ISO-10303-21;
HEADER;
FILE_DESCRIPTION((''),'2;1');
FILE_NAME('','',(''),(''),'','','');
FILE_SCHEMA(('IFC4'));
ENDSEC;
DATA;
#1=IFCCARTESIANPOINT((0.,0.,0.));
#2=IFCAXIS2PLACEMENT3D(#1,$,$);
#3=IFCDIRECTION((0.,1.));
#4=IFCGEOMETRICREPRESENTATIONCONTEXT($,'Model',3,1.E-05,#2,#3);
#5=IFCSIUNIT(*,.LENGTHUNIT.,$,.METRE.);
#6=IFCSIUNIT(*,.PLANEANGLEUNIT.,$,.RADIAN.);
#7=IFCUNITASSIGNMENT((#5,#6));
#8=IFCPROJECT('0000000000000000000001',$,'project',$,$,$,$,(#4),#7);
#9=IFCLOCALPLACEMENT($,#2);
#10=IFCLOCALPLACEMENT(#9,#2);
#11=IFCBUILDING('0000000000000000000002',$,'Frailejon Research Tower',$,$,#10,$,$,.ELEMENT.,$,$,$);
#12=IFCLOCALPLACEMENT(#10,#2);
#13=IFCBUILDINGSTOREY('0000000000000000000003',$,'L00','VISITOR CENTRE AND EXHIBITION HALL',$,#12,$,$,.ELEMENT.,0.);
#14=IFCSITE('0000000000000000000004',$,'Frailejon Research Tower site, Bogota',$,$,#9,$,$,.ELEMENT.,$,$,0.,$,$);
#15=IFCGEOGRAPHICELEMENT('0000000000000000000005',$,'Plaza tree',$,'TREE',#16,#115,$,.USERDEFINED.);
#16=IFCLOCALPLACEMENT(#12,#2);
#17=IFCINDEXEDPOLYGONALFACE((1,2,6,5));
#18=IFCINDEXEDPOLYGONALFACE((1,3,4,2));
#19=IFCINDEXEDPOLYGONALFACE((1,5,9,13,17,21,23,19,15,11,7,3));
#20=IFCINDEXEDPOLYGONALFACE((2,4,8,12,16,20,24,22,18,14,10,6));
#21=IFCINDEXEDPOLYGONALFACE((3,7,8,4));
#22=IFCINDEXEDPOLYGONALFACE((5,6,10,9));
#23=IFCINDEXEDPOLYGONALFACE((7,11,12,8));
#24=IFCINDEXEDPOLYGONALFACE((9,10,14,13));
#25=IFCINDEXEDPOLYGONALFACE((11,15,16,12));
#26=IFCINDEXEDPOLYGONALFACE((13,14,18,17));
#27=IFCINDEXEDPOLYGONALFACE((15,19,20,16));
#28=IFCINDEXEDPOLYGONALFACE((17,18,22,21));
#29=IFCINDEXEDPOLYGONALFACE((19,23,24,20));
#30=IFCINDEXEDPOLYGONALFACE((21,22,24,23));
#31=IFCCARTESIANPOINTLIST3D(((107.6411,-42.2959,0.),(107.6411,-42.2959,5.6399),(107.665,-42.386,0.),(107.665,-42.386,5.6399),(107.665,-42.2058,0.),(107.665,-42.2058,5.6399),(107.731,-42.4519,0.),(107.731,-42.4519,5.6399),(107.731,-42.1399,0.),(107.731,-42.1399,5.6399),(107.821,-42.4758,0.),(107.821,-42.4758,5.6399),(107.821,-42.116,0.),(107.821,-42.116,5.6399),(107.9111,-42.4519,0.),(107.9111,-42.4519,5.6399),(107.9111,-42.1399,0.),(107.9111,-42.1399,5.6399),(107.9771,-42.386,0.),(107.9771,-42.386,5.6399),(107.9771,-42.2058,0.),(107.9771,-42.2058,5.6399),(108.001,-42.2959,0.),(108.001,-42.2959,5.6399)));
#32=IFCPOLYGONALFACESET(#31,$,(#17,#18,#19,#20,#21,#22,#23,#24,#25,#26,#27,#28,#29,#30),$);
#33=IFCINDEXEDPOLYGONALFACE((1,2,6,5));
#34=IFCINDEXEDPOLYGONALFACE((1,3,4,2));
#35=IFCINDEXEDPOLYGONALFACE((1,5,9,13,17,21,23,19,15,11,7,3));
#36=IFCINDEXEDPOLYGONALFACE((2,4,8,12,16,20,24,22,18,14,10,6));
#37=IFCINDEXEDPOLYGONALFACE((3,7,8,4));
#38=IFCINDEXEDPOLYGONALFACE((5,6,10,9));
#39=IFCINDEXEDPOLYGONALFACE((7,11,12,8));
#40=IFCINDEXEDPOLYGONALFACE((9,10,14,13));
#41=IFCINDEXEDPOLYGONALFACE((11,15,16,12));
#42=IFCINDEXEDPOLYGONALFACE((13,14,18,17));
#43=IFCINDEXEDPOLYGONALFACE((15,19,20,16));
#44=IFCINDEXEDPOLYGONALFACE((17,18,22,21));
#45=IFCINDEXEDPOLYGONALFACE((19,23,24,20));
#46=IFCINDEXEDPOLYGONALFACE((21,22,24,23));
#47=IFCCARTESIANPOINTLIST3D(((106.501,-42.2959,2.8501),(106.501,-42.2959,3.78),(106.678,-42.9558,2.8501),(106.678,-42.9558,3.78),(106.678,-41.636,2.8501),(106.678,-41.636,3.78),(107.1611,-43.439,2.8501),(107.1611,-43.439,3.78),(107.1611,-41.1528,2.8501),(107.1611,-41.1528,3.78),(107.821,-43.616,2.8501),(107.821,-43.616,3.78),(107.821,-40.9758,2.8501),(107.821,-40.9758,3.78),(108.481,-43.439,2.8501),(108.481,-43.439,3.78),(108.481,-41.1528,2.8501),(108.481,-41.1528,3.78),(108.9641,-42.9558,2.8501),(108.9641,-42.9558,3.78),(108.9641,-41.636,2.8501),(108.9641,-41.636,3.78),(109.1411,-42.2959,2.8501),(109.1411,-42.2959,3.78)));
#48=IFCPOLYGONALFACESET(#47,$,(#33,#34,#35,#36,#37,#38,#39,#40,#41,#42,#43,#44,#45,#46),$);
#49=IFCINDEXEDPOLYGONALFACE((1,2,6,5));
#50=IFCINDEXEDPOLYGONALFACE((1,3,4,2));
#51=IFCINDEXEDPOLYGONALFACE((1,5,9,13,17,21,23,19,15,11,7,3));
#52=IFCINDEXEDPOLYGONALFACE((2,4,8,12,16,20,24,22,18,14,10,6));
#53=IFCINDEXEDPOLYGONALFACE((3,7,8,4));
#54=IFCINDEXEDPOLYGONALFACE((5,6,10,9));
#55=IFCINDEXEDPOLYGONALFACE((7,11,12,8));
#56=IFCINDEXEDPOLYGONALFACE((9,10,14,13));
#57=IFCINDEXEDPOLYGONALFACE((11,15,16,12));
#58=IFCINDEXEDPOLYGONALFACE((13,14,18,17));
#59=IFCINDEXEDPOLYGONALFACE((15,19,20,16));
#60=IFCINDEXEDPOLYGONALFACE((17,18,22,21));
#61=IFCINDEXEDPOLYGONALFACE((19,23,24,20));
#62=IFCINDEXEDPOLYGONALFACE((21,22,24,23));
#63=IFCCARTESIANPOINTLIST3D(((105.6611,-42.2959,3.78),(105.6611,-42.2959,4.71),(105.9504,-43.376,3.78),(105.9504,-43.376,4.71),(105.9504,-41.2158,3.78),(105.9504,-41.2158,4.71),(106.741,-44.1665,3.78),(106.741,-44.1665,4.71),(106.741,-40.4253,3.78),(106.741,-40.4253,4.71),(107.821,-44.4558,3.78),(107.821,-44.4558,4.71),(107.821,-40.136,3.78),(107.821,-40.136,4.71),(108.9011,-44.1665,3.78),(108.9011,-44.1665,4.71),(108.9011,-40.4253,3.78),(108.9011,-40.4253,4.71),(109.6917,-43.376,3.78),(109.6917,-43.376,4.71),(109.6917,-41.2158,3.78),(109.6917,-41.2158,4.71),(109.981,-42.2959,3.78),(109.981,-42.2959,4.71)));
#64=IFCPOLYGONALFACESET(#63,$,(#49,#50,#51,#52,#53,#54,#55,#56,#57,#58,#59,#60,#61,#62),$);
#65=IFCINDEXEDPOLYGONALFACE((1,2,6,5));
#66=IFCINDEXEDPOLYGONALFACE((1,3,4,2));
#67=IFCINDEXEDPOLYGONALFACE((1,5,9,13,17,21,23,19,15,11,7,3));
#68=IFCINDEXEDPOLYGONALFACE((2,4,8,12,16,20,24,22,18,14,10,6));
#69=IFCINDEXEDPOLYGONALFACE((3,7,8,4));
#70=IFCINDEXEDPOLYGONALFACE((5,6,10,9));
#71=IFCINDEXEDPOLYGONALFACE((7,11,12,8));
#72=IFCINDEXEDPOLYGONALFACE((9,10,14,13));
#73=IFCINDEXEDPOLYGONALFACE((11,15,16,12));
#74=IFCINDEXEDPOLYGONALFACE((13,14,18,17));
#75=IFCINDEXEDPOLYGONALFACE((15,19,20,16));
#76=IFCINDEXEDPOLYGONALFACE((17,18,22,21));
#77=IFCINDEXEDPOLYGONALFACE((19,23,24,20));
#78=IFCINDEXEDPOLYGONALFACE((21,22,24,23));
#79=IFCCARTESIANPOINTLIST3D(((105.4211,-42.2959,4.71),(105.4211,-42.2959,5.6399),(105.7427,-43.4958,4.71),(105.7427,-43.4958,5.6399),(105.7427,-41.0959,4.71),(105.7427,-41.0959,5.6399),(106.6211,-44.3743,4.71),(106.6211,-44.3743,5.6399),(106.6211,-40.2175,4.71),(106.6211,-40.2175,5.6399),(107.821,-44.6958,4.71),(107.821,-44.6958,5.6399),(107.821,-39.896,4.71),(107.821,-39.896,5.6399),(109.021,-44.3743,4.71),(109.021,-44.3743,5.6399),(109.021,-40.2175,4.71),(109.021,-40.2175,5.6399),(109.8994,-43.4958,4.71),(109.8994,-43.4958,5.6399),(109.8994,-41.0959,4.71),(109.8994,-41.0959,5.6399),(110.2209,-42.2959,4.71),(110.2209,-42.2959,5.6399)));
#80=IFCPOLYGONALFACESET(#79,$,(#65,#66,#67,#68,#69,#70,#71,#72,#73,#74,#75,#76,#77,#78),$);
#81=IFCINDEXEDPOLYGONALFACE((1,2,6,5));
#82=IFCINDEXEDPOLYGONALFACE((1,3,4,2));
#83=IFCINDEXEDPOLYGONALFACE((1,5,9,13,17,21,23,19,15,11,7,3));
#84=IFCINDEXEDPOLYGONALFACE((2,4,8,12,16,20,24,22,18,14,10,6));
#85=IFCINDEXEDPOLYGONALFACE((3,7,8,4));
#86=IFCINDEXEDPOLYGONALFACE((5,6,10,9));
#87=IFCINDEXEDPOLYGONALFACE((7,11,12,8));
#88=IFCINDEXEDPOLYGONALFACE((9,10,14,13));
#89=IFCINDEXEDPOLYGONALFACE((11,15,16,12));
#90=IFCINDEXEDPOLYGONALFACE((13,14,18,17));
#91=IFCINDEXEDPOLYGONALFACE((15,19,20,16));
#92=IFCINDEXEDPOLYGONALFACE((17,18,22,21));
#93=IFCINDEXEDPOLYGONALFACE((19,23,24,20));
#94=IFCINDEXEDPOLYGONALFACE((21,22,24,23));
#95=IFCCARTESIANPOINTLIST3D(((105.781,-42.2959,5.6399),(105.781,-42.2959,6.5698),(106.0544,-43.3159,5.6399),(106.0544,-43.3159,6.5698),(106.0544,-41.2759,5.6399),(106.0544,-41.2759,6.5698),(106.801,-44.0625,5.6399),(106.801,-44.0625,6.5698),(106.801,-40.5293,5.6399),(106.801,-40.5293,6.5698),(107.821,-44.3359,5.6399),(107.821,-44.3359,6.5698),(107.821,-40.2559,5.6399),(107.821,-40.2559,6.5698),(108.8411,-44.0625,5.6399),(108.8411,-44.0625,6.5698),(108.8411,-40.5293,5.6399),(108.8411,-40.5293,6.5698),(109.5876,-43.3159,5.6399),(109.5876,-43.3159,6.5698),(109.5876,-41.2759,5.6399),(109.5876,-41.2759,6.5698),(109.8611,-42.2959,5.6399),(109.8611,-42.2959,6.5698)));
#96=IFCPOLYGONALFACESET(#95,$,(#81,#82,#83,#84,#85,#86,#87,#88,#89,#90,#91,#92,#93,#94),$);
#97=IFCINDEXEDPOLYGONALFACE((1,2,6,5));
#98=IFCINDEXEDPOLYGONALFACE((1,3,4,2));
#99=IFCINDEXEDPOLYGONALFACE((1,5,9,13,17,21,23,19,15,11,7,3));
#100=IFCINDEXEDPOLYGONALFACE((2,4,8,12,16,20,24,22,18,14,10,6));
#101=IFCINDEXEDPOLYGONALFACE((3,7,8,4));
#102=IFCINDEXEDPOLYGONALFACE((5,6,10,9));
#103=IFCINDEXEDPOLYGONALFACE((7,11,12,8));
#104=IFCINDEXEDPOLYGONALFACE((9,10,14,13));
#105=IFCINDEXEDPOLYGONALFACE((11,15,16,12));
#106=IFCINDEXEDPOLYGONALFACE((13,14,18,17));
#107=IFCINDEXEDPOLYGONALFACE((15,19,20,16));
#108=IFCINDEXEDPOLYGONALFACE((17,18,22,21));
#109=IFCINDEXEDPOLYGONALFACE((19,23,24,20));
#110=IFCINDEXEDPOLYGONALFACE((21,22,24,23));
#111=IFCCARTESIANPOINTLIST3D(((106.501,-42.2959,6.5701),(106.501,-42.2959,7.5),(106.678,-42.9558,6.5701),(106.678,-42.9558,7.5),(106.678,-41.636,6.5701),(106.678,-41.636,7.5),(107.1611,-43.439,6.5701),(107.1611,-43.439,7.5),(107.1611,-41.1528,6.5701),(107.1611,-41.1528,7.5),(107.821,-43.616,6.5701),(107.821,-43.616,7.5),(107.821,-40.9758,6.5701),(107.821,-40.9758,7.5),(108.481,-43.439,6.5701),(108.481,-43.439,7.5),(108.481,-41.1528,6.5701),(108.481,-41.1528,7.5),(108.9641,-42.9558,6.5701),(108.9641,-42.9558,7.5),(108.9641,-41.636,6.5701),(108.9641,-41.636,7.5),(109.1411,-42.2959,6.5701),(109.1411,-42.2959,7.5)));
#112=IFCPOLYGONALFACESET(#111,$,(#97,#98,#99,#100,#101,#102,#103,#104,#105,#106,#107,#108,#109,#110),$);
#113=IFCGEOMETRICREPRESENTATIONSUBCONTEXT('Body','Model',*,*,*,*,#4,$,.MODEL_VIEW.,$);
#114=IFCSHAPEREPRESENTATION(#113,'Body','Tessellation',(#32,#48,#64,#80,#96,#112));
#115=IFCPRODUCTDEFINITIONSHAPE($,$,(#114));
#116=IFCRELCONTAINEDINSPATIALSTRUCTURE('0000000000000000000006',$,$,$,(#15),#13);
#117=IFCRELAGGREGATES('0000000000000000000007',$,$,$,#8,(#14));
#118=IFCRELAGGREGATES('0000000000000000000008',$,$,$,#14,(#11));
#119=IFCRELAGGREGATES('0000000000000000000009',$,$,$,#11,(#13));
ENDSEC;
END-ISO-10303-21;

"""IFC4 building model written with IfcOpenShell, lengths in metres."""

from ifc_helpers import new_model, si_unit, direction, frame, origin, place, context, subcontext, project, spatial, polyline, outline, extrude, element, save


model = new_model("IFC4")

# Units and contexts
model_context = context("Model", 3, precision=1e-05, world=origin(), true_north=direction((0.0, 1.0)))
body_context = subcontext(model_context, "Body", "Model", "MODEL_VIEW")
ifc_project = project(units=[si_unit("LENGTHUNIT", "METRE"), si_unit("PLANEANGLEUNIT", "RADIAN")], contexts=[model_context])

# Site, building, storey
site_placement = place(None, origin())
site = spatial("IfcSite", under=ifc_project, at=site_placement, Name="Frailejon Research Tower site, Bogota", CompositionType="ELEMENT", RefElevation=0.0)
building_placement = place(site_placement, origin())
building = spatial("IfcBuilding", under=site, at=building_placement, Name="Frailejon Research Tower", CompositionType="ELEMENT")
storey_placement = place(building_placement, origin())
storey = spatial("IfcBuildingStorey", under=building, at=storey_placement, Name="L00", Description="VISITOR CENTRE AND EXHIBITION HALL", CompositionType="ELEMENT", Elevation=0.0)

# Geographic element
geographic_element_1_placement = place(storey_placement, frame((107.821, -42.2959, 0.0)))
element("IfcGeographicElement", 1, at=geographic_element_1_placement, inside=storey, Name="Plaza tree", ObjectType="TREE", PredefinedType="USERDEFINED", context=body_context, shape_type="SweptSolid", body=[
    extrude(outline(polyline([(0.1799, 0.0), (0.156, 0.0901), (0.0901, 0.156), (0.0, 0.1799), (-0.0901, 0.156), (-0.156, 0.0901), (-0.1799, 0.0), (-0.156, -0.0901), (-0.0901, -0.156), (0.0, -0.1799), (0.0901, -0.156), (0.156, -0.0901), (0.1799, 0.0)])), origin(), (0.0, 0.0, 1.0), 5.6399),
    extrude(outline(polyline([(1.3201, 0.0), (1.1431, 0.6599), (0.6599, 1.1431), (0.0, 1.3201), (-0.6599, 1.1431), (-1.1431, 0.6599), (-1.3201, 0.0), (-1.1431, -0.6599), (-0.6599, -1.1431), (0.0, -1.3201), (0.6599, -1.1431), (1.1431, -0.6599), (1.3201, 0.0)])), frame((0.0, 0.0, 2.8501)), (0.0, 0.0, 1.0), 0.9299),
    extrude(outline(polyline([(2.1599, 0.0), (1.8706, 1.0801), (1.0801, 1.8706), (0.0, 2.1599), (-1.0801, 1.8706), (-1.8706, 1.0801), (-2.1599, 0.0), (-1.8706, -1.0801), (-1.0801, -1.8706), (0.0, -2.1599), (1.0801, -1.8706), (1.8706, -1.0801), (2.1599, 0.0)])), frame((0.0, 0.0, 3.78)), (0.0, 0.0, 1.0), 0.9299),
    extrude(outline(polyline([(2.3999, 0.0), (2.0784, 1.2), (1.2, 2.0784), (0.0, 2.3999), (-1.2, 2.0784), (-2.0784, 1.2), (-2.3999, 0.0), (-2.0784, -1.2), (-1.2, -2.0784), (0.0, -2.3999), (1.2, -2.0784), (2.0784, -1.2), (2.3999, 0.0)])), frame((0.0, 0.0, 4.71)), (0.0, 0.0, 1.0), 0.9299),
    extrude(outline(polyline([(2.04, 0.0), (1.7666, 1.02), (1.02, 1.7666), (0.0, 2.04), (-1.02, 1.7666), (-1.7666, 1.02), (-2.04, 0.0), (-1.7666, -1.02), (-1.02, -1.7666), (0.0, -2.04), (1.02, -1.7666), (1.7666, -1.02), (2.04, 0.0)])), frame((0.0, 0.0, 5.6399)), (0.0, 0.0, 1.0), 0.9299),
    extrude(outline(polyline([(1.3201, 0.0), (1.1431, 0.6599), (0.6599, 1.1431), (0.0, 1.3201), (-0.6599, 1.1431), (-1.1431, 0.6599), (-1.3201, 0.0), (-1.1431, -0.6599), (-0.6599, -1.1431), (0.0, -1.3201), (0.6599, -1.1431), (1.1431, -0.6599), (1.3201, 0.0)])), frame((0.0, 0.0, 6.5701)), (0.0, 0.0, 1.0), 0.9299),
])

save(model, "model.ifc")
